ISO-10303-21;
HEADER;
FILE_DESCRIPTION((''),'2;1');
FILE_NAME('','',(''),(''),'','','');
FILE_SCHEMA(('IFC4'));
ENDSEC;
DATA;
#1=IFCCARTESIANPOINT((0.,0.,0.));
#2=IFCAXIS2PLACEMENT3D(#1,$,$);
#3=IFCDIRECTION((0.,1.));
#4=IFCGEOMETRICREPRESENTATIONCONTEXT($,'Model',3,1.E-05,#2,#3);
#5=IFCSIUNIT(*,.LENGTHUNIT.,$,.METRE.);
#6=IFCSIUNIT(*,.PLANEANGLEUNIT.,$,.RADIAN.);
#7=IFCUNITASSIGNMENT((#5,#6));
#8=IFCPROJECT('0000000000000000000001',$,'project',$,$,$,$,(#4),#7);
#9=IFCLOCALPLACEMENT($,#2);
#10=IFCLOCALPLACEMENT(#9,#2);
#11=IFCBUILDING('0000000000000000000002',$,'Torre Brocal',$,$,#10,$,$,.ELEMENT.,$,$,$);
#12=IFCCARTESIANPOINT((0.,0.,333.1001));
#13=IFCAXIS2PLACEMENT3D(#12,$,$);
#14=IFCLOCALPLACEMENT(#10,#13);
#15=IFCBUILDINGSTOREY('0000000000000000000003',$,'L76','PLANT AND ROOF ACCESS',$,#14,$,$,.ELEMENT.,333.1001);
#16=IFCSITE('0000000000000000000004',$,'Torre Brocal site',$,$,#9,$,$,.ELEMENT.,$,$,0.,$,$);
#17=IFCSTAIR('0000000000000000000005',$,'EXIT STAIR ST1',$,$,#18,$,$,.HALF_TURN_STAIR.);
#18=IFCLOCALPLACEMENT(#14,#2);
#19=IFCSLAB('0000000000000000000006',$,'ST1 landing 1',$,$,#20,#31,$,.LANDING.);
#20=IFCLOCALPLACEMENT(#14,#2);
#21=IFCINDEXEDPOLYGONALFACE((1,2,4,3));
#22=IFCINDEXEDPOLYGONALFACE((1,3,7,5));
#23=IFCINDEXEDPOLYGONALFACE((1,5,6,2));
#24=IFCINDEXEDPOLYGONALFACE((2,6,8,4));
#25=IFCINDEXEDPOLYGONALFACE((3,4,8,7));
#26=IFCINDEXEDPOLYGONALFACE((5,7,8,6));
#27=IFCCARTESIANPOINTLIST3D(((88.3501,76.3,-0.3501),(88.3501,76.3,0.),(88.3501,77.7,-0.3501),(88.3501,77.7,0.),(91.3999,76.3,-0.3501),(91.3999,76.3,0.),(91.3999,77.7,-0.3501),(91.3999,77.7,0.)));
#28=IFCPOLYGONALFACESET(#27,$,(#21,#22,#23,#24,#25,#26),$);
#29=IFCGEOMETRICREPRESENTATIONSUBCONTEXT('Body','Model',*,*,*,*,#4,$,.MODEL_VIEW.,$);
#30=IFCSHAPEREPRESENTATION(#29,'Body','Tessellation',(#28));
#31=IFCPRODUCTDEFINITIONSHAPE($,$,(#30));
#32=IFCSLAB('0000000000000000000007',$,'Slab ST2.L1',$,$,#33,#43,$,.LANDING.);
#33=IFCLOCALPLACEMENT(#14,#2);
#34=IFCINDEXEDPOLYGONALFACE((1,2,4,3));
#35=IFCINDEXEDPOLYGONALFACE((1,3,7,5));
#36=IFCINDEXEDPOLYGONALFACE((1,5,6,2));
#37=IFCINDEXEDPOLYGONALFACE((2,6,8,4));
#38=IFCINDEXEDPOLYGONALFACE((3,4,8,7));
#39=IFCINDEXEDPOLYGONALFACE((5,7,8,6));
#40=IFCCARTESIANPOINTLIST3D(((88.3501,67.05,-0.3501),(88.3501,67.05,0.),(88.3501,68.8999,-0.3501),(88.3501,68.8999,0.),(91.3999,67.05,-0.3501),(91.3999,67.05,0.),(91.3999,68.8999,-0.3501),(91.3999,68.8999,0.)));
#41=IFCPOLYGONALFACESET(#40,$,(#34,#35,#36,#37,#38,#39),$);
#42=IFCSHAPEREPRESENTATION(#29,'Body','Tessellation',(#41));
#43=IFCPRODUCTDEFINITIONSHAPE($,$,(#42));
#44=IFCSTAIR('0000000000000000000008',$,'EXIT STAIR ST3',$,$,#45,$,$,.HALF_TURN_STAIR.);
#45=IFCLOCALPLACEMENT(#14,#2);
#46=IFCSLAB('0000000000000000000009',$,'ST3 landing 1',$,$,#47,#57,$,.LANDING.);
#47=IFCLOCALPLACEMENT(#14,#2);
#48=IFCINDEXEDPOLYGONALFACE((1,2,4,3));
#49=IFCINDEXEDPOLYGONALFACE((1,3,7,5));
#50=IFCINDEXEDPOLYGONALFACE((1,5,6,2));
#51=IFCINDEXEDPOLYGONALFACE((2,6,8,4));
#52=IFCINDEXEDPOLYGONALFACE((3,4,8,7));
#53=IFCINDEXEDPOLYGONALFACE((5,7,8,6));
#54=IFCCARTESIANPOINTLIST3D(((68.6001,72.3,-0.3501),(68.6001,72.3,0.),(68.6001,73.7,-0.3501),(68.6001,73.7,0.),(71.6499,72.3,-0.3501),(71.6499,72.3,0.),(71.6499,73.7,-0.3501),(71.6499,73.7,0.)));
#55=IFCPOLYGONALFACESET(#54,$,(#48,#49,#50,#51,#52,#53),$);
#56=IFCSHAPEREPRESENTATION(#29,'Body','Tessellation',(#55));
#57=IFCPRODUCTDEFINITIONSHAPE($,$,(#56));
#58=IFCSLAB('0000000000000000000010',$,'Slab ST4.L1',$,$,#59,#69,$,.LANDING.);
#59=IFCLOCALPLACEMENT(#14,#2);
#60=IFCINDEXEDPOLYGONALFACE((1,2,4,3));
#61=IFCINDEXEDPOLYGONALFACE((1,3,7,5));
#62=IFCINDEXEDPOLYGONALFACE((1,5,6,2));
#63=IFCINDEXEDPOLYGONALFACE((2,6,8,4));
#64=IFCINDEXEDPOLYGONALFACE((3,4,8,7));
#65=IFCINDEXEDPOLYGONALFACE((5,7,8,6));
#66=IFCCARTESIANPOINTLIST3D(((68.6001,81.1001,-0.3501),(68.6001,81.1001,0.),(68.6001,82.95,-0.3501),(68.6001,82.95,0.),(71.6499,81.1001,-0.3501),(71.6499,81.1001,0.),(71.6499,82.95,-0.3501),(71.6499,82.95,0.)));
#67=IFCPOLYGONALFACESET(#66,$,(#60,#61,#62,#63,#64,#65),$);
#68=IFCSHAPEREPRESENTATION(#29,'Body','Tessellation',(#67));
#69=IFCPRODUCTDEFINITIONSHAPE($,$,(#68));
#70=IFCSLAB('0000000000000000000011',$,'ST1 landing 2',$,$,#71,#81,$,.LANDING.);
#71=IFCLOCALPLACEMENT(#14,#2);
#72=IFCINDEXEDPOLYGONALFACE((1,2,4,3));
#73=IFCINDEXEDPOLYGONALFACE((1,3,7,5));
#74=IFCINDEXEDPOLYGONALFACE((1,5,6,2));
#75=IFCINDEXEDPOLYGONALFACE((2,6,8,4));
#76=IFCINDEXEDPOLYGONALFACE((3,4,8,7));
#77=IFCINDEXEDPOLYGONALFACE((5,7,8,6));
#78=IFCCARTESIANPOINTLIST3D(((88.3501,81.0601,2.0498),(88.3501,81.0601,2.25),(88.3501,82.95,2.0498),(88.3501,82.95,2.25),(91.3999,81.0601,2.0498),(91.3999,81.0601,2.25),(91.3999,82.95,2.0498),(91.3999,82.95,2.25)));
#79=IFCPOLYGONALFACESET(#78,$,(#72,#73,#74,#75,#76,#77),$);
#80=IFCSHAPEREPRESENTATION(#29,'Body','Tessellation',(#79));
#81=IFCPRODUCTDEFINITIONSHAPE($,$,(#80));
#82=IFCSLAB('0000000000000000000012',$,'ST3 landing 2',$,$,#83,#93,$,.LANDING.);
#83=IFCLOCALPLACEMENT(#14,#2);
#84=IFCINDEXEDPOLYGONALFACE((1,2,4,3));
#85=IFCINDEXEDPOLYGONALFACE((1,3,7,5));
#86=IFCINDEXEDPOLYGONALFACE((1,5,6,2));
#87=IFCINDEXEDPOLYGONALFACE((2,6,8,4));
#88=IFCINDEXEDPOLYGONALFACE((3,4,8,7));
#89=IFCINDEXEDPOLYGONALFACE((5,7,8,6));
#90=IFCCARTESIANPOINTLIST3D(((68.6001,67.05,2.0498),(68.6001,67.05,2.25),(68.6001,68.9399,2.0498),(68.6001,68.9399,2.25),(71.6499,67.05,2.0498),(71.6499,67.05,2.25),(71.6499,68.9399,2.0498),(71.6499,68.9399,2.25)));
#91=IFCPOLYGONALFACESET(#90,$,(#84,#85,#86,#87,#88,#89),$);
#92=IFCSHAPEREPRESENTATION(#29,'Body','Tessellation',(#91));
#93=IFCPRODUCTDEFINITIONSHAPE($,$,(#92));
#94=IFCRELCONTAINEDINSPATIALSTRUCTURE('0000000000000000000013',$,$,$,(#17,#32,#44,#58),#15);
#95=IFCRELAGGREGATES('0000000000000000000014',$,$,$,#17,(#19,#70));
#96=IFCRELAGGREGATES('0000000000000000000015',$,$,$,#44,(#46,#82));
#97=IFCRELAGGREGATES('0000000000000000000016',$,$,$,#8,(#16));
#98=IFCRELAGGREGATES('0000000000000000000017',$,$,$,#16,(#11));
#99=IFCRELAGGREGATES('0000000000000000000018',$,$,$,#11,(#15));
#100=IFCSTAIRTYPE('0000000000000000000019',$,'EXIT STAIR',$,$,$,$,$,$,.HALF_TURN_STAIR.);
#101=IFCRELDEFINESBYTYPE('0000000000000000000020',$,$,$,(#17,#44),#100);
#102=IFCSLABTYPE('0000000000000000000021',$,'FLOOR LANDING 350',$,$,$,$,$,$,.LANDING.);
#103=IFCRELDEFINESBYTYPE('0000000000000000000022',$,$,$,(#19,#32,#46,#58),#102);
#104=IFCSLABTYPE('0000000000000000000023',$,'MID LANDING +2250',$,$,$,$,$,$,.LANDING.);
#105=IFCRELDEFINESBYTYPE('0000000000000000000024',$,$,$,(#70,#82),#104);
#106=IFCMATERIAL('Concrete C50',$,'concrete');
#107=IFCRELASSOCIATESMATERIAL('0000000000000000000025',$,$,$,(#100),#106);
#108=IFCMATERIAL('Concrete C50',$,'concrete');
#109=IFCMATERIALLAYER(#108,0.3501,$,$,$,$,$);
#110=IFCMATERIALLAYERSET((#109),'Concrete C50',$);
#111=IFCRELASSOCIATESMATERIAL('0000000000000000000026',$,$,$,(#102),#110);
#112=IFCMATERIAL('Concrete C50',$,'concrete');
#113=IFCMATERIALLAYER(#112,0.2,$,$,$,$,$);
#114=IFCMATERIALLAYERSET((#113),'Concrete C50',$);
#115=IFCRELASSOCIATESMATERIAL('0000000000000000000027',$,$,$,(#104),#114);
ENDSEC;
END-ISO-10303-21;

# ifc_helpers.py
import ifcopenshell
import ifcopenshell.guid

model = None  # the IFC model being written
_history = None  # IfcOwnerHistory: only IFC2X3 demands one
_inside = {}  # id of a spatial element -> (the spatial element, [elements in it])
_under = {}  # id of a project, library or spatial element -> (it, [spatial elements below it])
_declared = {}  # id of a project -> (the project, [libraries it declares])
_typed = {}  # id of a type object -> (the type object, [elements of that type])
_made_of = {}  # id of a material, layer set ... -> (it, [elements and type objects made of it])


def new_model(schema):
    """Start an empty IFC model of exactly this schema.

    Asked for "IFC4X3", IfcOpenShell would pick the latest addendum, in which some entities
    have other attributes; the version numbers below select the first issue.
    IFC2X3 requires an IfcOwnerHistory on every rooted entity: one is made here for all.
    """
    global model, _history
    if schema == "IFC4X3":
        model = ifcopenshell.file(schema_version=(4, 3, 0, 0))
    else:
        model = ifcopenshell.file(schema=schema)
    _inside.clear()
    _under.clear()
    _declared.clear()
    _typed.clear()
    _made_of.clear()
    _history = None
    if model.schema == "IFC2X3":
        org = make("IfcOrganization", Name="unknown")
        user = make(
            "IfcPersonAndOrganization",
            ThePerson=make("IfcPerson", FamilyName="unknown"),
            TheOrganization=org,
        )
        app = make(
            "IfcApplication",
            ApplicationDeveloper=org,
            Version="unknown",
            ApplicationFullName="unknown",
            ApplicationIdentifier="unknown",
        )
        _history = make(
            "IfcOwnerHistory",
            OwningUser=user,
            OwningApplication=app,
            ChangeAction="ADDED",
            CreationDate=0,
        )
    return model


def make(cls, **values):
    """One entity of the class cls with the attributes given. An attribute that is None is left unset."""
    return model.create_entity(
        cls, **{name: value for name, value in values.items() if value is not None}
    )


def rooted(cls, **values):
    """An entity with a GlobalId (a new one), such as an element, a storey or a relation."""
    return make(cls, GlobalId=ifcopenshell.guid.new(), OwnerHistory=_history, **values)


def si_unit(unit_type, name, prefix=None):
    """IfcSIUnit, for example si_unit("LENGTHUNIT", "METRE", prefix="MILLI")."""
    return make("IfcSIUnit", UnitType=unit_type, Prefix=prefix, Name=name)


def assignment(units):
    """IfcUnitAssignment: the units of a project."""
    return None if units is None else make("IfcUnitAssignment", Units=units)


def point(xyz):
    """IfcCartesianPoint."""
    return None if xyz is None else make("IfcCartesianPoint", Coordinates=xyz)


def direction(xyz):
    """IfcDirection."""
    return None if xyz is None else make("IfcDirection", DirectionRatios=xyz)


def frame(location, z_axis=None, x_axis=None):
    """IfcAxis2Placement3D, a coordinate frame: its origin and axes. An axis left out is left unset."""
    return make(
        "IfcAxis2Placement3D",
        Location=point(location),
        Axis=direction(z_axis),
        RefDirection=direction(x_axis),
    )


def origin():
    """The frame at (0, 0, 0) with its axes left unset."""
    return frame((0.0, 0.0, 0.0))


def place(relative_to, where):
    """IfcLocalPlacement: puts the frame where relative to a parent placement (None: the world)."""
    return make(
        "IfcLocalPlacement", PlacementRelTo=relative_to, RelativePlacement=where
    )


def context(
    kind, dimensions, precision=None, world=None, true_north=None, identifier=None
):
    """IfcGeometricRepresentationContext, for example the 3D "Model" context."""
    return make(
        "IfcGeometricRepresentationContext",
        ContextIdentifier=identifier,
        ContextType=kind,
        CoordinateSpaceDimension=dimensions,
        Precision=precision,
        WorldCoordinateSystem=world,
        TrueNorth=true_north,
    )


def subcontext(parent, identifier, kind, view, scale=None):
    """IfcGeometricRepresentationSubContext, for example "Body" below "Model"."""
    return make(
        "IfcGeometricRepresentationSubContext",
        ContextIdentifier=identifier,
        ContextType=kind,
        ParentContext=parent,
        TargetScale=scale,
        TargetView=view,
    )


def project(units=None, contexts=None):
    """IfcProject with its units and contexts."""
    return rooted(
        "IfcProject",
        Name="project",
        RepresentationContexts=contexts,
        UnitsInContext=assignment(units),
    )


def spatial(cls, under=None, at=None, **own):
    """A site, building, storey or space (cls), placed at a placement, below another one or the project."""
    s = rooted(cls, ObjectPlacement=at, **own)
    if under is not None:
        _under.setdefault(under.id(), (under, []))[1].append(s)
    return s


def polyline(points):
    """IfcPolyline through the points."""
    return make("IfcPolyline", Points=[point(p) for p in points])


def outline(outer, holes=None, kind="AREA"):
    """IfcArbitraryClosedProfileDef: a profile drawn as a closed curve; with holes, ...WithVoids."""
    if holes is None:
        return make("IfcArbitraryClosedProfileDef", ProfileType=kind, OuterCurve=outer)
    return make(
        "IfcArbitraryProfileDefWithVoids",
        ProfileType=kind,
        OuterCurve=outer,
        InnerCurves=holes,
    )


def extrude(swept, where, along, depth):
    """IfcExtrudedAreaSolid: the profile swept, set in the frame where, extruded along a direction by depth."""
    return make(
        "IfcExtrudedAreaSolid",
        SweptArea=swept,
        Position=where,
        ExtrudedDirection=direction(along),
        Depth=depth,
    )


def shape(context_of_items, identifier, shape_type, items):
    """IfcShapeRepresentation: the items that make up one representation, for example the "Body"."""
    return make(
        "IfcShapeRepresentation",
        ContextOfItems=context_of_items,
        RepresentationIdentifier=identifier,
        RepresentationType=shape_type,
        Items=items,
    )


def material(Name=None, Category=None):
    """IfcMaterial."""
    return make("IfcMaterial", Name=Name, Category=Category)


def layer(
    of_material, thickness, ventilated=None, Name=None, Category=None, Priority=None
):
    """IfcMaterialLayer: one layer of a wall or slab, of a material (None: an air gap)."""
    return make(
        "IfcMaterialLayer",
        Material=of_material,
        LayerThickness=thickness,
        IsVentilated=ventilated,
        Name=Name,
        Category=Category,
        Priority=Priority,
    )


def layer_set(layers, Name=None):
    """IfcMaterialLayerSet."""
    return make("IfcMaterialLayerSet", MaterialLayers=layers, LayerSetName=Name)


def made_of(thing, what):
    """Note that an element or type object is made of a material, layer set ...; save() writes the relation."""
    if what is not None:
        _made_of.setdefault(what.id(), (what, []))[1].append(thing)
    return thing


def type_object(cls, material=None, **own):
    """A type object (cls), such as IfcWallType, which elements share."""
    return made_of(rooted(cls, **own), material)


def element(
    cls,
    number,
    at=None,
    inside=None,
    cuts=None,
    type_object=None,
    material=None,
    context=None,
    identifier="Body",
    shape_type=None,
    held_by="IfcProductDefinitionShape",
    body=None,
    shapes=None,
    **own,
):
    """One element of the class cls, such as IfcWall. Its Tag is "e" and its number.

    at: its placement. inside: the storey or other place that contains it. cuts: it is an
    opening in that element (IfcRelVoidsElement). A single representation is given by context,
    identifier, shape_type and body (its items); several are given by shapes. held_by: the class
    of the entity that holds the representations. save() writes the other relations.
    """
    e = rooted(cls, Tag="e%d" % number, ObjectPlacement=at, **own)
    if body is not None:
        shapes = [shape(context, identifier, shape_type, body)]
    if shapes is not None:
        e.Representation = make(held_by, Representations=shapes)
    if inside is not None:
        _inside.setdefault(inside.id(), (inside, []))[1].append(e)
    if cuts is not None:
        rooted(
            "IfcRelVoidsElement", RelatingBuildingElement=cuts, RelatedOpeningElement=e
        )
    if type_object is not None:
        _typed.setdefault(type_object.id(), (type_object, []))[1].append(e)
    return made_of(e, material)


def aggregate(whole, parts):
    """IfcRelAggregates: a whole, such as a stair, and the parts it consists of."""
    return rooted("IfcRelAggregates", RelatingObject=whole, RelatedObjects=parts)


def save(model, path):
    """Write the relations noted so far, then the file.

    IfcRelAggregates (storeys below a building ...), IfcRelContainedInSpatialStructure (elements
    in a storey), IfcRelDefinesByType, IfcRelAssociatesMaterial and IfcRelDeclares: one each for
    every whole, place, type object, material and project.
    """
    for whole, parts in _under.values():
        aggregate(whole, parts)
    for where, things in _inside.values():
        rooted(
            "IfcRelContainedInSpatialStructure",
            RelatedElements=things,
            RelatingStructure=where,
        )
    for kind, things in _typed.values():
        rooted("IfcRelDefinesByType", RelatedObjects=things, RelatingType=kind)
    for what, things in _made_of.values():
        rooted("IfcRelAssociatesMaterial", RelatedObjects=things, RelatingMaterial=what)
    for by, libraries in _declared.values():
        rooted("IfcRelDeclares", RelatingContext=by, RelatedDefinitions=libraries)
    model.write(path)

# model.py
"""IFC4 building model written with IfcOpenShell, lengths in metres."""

from ifc_helpers import new_model, si_unit, direction, frame, origin, place, context, subcontext, project, spatial, polyline, outline, extrude, material, layer, layer_set, type_object, element, aggregate, save


model = new_model("IFC4")

# Units and contexts
model_context = context("Model", 3, precision=1e-05, world=origin(), true_north=direction((0.0, 1.0)))
body_context = subcontext(model_context, "Body", "Model", "MODEL_VIEW")
ifc_project = project(units=[si_unit("LENGTHUNIT", "METRE"), si_unit("PLANEANGLEUNIT", "RADIAN")], contexts=[model_context])

# Site, building, storey
site_placement = place(None, origin())
site = spatial("IfcSite", under=ifc_project, at=site_placement, Name="Torre Brocal site", CompositionType="ELEMENT", RefElevation=0.0)
building_placement = place(site_placement, origin())
building = spatial("IfcBuilding", under=site, at=building_placement, Name="Torre Brocal", CompositionType="ELEMENT")
storey_placement = place(building_placement, frame((0.0, 0.0, 333.1001)))
storey = spatial("IfcBuildingStorey", under=building, at=storey_placement, Name="L76", Description="PLANT AND ROOF ACCESS", CompositionType="ELEMENT", Elevation=333.1001)

# Stair, slab
ifc_material_1 = material(Name="Concrete C50", Category="concrete")
stair_type = type_object("IfcStairType", Name="EXIT STAIR", PredefinedType="HALF_TURN_STAIR", material=ifc_material_1)
stair_1_placement = place(storey_placement, origin())
stair_1 = element("IfcStair", 1, at=stair_1_placement, inside=storey, type_object=stair_type, Name="EXIT STAIR ST1", PredefinedType="HALF_TURN_STAIR")
ifc_material_2 = material(Name="Concrete C50", Category="concrete")
ifc_layer_1 = layer(ifc_material_2, 0.3501)
ifc_layer_set_1 = layer_set([ifc_layer_1], Name="Concrete C50")
slab_type_1 = type_object("IfcSlabType", Name="FLOOR LANDING 350", PredefinedType="LANDING", material=ifc_layer_set_1)
slab_1_placement = place(storey_placement, frame((0.0, 0.0, -0.3501)))
slab_1 = element("IfcSlab", 2, at=slab_1_placement, type_object=slab_type_1, Name="ST1 landing 1", PredefinedType="LANDING", context=body_context, shape_type="SweptSolid", body=[
    extrude(outline(polyline([(88.3501, 76.3), (91.3999, 76.3), (91.3999, 77.7), (88.3501, 77.7), (88.3501, 76.3)])), origin(), (0.0, 0.0, 1.0), 0.3501),
])

# Slab
slab_2_placement = place(storey_placement, frame((0.0, 0.0, -0.3501)))
element("IfcSlab", 3, at=slab_2_placement, inside=storey, type_object=slab_type_1, Name="Slab ST2.L1", PredefinedType="LANDING", context=body_context, shape_type="SweptSolid", body=[
    extrude(outline(polyline([(88.3501, 67.05), (91.3999, 67.05), (91.3999, 68.8999), (88.3501, 68.8999), (88.3501, 67.05)])), origin(), (0.0, 0.0, 1.0), 0.3501),
])

# Stair, slab
stair_2_placement = place(storey_placement, origin())
stair_2 = element("IfcStair", 4, at=stair_2_placement, inside=storey, type_object=stair_type, Name="EXIT STAIR ST3", PredefinedType="HALF_TURN_STAIR")
slab_3_placement = place(storey_placement, frame((0.0, 0.0, -0.3501)))
slab_3 = element("IfcSlab", 5, at=slab_3_placement, type_object=slab_type_1, Name="ST3 landing 1", PredefinedType="LANDING", context=body_context, shape_type="SweptSolid", body=[
    extrude(outline(polyline([(71.6499, 73.7), (68.6001, 73.7), (68.6001, 72.3), (71.6499, 72.3), (71.6499, 73.7)])), origin(), (0.0, 0.0, 1.0), 0.3501),
])

# Slabs
slab_4_placement = place(storey_placement, frame((0.0, 0.0, -0.3501)))
element("IfcSlab", 6, at=slab_4_placement, inside=storey, type_object=slab_type_1, Name="Slab ST4.L1", PredefinedType="LANDING", context=body_context, shape_type="SweptSolid", body=[
    extrude(outline(polyline([(71.6499, 82.95), (68.6001, 82.95), (68.6001, 81.1001), (71.6499, 81.1001), (71.6499, 82.95)])), origin(), (0.0, 0.0, 1.0), 0.3501),
])
ifc_material_3 = material(Name="Concrete C50", Category="concrete")
ifc_layer_2 = layer(ifc_material_3, 0.2)
ifc_layer_set_2 = layer_set([ifc_layer_2], Name="Concrete C50")
slab_type_2 = type_object("IfcSlabType", Name="MID LANDING +2250", PredefinedType="LANDING", material=ifc_layer_set_2)
slab_5_placement = place(storey_placement, frame((0.0, 0.0, 2.0498)))
slab_5 = element("IfcSlab", 7, at=slab_5_placement, type_object=slab_type_2, Name="ST1 landing 2", PredefinedType="LANDING", context=body_context, shape_type="SweptSolid", body=[
    extrude(outline(polyline([(88.3501, 81.0601), (91.3999, 81.0601), (91.3999, 82.95), (88.3501, 82.95), (88.3501, 81.0601)])), origin(), (0.0, 0.0, 1.0), 0.2002),
])
aggregate(stair_1, [slab_1, slab_5])
slab_6_placement = place(storey_placement, frame((0.0, 0.0, 2.0498)))
slab_6 = element("IfcSlab", 8, at=slab_6_placement, type_object=slab_type_2, Name="ST3 landing 2", PredefinedType="LANDING", context=body_context, shape_type="SweptSolid", body=[
    extrude(outline(polyline([(71.6499, 68.9399), (68.6001, 68.9399), (68.6001, 67.05), (71.6499, 67.05), (71.6499, 68.9399)])), origin(), (0.0, 0.0, 1.0), 0.2002),
])

aggregate(stair_2, [slab_3, slab_6])

save(model, "model.ifc")
